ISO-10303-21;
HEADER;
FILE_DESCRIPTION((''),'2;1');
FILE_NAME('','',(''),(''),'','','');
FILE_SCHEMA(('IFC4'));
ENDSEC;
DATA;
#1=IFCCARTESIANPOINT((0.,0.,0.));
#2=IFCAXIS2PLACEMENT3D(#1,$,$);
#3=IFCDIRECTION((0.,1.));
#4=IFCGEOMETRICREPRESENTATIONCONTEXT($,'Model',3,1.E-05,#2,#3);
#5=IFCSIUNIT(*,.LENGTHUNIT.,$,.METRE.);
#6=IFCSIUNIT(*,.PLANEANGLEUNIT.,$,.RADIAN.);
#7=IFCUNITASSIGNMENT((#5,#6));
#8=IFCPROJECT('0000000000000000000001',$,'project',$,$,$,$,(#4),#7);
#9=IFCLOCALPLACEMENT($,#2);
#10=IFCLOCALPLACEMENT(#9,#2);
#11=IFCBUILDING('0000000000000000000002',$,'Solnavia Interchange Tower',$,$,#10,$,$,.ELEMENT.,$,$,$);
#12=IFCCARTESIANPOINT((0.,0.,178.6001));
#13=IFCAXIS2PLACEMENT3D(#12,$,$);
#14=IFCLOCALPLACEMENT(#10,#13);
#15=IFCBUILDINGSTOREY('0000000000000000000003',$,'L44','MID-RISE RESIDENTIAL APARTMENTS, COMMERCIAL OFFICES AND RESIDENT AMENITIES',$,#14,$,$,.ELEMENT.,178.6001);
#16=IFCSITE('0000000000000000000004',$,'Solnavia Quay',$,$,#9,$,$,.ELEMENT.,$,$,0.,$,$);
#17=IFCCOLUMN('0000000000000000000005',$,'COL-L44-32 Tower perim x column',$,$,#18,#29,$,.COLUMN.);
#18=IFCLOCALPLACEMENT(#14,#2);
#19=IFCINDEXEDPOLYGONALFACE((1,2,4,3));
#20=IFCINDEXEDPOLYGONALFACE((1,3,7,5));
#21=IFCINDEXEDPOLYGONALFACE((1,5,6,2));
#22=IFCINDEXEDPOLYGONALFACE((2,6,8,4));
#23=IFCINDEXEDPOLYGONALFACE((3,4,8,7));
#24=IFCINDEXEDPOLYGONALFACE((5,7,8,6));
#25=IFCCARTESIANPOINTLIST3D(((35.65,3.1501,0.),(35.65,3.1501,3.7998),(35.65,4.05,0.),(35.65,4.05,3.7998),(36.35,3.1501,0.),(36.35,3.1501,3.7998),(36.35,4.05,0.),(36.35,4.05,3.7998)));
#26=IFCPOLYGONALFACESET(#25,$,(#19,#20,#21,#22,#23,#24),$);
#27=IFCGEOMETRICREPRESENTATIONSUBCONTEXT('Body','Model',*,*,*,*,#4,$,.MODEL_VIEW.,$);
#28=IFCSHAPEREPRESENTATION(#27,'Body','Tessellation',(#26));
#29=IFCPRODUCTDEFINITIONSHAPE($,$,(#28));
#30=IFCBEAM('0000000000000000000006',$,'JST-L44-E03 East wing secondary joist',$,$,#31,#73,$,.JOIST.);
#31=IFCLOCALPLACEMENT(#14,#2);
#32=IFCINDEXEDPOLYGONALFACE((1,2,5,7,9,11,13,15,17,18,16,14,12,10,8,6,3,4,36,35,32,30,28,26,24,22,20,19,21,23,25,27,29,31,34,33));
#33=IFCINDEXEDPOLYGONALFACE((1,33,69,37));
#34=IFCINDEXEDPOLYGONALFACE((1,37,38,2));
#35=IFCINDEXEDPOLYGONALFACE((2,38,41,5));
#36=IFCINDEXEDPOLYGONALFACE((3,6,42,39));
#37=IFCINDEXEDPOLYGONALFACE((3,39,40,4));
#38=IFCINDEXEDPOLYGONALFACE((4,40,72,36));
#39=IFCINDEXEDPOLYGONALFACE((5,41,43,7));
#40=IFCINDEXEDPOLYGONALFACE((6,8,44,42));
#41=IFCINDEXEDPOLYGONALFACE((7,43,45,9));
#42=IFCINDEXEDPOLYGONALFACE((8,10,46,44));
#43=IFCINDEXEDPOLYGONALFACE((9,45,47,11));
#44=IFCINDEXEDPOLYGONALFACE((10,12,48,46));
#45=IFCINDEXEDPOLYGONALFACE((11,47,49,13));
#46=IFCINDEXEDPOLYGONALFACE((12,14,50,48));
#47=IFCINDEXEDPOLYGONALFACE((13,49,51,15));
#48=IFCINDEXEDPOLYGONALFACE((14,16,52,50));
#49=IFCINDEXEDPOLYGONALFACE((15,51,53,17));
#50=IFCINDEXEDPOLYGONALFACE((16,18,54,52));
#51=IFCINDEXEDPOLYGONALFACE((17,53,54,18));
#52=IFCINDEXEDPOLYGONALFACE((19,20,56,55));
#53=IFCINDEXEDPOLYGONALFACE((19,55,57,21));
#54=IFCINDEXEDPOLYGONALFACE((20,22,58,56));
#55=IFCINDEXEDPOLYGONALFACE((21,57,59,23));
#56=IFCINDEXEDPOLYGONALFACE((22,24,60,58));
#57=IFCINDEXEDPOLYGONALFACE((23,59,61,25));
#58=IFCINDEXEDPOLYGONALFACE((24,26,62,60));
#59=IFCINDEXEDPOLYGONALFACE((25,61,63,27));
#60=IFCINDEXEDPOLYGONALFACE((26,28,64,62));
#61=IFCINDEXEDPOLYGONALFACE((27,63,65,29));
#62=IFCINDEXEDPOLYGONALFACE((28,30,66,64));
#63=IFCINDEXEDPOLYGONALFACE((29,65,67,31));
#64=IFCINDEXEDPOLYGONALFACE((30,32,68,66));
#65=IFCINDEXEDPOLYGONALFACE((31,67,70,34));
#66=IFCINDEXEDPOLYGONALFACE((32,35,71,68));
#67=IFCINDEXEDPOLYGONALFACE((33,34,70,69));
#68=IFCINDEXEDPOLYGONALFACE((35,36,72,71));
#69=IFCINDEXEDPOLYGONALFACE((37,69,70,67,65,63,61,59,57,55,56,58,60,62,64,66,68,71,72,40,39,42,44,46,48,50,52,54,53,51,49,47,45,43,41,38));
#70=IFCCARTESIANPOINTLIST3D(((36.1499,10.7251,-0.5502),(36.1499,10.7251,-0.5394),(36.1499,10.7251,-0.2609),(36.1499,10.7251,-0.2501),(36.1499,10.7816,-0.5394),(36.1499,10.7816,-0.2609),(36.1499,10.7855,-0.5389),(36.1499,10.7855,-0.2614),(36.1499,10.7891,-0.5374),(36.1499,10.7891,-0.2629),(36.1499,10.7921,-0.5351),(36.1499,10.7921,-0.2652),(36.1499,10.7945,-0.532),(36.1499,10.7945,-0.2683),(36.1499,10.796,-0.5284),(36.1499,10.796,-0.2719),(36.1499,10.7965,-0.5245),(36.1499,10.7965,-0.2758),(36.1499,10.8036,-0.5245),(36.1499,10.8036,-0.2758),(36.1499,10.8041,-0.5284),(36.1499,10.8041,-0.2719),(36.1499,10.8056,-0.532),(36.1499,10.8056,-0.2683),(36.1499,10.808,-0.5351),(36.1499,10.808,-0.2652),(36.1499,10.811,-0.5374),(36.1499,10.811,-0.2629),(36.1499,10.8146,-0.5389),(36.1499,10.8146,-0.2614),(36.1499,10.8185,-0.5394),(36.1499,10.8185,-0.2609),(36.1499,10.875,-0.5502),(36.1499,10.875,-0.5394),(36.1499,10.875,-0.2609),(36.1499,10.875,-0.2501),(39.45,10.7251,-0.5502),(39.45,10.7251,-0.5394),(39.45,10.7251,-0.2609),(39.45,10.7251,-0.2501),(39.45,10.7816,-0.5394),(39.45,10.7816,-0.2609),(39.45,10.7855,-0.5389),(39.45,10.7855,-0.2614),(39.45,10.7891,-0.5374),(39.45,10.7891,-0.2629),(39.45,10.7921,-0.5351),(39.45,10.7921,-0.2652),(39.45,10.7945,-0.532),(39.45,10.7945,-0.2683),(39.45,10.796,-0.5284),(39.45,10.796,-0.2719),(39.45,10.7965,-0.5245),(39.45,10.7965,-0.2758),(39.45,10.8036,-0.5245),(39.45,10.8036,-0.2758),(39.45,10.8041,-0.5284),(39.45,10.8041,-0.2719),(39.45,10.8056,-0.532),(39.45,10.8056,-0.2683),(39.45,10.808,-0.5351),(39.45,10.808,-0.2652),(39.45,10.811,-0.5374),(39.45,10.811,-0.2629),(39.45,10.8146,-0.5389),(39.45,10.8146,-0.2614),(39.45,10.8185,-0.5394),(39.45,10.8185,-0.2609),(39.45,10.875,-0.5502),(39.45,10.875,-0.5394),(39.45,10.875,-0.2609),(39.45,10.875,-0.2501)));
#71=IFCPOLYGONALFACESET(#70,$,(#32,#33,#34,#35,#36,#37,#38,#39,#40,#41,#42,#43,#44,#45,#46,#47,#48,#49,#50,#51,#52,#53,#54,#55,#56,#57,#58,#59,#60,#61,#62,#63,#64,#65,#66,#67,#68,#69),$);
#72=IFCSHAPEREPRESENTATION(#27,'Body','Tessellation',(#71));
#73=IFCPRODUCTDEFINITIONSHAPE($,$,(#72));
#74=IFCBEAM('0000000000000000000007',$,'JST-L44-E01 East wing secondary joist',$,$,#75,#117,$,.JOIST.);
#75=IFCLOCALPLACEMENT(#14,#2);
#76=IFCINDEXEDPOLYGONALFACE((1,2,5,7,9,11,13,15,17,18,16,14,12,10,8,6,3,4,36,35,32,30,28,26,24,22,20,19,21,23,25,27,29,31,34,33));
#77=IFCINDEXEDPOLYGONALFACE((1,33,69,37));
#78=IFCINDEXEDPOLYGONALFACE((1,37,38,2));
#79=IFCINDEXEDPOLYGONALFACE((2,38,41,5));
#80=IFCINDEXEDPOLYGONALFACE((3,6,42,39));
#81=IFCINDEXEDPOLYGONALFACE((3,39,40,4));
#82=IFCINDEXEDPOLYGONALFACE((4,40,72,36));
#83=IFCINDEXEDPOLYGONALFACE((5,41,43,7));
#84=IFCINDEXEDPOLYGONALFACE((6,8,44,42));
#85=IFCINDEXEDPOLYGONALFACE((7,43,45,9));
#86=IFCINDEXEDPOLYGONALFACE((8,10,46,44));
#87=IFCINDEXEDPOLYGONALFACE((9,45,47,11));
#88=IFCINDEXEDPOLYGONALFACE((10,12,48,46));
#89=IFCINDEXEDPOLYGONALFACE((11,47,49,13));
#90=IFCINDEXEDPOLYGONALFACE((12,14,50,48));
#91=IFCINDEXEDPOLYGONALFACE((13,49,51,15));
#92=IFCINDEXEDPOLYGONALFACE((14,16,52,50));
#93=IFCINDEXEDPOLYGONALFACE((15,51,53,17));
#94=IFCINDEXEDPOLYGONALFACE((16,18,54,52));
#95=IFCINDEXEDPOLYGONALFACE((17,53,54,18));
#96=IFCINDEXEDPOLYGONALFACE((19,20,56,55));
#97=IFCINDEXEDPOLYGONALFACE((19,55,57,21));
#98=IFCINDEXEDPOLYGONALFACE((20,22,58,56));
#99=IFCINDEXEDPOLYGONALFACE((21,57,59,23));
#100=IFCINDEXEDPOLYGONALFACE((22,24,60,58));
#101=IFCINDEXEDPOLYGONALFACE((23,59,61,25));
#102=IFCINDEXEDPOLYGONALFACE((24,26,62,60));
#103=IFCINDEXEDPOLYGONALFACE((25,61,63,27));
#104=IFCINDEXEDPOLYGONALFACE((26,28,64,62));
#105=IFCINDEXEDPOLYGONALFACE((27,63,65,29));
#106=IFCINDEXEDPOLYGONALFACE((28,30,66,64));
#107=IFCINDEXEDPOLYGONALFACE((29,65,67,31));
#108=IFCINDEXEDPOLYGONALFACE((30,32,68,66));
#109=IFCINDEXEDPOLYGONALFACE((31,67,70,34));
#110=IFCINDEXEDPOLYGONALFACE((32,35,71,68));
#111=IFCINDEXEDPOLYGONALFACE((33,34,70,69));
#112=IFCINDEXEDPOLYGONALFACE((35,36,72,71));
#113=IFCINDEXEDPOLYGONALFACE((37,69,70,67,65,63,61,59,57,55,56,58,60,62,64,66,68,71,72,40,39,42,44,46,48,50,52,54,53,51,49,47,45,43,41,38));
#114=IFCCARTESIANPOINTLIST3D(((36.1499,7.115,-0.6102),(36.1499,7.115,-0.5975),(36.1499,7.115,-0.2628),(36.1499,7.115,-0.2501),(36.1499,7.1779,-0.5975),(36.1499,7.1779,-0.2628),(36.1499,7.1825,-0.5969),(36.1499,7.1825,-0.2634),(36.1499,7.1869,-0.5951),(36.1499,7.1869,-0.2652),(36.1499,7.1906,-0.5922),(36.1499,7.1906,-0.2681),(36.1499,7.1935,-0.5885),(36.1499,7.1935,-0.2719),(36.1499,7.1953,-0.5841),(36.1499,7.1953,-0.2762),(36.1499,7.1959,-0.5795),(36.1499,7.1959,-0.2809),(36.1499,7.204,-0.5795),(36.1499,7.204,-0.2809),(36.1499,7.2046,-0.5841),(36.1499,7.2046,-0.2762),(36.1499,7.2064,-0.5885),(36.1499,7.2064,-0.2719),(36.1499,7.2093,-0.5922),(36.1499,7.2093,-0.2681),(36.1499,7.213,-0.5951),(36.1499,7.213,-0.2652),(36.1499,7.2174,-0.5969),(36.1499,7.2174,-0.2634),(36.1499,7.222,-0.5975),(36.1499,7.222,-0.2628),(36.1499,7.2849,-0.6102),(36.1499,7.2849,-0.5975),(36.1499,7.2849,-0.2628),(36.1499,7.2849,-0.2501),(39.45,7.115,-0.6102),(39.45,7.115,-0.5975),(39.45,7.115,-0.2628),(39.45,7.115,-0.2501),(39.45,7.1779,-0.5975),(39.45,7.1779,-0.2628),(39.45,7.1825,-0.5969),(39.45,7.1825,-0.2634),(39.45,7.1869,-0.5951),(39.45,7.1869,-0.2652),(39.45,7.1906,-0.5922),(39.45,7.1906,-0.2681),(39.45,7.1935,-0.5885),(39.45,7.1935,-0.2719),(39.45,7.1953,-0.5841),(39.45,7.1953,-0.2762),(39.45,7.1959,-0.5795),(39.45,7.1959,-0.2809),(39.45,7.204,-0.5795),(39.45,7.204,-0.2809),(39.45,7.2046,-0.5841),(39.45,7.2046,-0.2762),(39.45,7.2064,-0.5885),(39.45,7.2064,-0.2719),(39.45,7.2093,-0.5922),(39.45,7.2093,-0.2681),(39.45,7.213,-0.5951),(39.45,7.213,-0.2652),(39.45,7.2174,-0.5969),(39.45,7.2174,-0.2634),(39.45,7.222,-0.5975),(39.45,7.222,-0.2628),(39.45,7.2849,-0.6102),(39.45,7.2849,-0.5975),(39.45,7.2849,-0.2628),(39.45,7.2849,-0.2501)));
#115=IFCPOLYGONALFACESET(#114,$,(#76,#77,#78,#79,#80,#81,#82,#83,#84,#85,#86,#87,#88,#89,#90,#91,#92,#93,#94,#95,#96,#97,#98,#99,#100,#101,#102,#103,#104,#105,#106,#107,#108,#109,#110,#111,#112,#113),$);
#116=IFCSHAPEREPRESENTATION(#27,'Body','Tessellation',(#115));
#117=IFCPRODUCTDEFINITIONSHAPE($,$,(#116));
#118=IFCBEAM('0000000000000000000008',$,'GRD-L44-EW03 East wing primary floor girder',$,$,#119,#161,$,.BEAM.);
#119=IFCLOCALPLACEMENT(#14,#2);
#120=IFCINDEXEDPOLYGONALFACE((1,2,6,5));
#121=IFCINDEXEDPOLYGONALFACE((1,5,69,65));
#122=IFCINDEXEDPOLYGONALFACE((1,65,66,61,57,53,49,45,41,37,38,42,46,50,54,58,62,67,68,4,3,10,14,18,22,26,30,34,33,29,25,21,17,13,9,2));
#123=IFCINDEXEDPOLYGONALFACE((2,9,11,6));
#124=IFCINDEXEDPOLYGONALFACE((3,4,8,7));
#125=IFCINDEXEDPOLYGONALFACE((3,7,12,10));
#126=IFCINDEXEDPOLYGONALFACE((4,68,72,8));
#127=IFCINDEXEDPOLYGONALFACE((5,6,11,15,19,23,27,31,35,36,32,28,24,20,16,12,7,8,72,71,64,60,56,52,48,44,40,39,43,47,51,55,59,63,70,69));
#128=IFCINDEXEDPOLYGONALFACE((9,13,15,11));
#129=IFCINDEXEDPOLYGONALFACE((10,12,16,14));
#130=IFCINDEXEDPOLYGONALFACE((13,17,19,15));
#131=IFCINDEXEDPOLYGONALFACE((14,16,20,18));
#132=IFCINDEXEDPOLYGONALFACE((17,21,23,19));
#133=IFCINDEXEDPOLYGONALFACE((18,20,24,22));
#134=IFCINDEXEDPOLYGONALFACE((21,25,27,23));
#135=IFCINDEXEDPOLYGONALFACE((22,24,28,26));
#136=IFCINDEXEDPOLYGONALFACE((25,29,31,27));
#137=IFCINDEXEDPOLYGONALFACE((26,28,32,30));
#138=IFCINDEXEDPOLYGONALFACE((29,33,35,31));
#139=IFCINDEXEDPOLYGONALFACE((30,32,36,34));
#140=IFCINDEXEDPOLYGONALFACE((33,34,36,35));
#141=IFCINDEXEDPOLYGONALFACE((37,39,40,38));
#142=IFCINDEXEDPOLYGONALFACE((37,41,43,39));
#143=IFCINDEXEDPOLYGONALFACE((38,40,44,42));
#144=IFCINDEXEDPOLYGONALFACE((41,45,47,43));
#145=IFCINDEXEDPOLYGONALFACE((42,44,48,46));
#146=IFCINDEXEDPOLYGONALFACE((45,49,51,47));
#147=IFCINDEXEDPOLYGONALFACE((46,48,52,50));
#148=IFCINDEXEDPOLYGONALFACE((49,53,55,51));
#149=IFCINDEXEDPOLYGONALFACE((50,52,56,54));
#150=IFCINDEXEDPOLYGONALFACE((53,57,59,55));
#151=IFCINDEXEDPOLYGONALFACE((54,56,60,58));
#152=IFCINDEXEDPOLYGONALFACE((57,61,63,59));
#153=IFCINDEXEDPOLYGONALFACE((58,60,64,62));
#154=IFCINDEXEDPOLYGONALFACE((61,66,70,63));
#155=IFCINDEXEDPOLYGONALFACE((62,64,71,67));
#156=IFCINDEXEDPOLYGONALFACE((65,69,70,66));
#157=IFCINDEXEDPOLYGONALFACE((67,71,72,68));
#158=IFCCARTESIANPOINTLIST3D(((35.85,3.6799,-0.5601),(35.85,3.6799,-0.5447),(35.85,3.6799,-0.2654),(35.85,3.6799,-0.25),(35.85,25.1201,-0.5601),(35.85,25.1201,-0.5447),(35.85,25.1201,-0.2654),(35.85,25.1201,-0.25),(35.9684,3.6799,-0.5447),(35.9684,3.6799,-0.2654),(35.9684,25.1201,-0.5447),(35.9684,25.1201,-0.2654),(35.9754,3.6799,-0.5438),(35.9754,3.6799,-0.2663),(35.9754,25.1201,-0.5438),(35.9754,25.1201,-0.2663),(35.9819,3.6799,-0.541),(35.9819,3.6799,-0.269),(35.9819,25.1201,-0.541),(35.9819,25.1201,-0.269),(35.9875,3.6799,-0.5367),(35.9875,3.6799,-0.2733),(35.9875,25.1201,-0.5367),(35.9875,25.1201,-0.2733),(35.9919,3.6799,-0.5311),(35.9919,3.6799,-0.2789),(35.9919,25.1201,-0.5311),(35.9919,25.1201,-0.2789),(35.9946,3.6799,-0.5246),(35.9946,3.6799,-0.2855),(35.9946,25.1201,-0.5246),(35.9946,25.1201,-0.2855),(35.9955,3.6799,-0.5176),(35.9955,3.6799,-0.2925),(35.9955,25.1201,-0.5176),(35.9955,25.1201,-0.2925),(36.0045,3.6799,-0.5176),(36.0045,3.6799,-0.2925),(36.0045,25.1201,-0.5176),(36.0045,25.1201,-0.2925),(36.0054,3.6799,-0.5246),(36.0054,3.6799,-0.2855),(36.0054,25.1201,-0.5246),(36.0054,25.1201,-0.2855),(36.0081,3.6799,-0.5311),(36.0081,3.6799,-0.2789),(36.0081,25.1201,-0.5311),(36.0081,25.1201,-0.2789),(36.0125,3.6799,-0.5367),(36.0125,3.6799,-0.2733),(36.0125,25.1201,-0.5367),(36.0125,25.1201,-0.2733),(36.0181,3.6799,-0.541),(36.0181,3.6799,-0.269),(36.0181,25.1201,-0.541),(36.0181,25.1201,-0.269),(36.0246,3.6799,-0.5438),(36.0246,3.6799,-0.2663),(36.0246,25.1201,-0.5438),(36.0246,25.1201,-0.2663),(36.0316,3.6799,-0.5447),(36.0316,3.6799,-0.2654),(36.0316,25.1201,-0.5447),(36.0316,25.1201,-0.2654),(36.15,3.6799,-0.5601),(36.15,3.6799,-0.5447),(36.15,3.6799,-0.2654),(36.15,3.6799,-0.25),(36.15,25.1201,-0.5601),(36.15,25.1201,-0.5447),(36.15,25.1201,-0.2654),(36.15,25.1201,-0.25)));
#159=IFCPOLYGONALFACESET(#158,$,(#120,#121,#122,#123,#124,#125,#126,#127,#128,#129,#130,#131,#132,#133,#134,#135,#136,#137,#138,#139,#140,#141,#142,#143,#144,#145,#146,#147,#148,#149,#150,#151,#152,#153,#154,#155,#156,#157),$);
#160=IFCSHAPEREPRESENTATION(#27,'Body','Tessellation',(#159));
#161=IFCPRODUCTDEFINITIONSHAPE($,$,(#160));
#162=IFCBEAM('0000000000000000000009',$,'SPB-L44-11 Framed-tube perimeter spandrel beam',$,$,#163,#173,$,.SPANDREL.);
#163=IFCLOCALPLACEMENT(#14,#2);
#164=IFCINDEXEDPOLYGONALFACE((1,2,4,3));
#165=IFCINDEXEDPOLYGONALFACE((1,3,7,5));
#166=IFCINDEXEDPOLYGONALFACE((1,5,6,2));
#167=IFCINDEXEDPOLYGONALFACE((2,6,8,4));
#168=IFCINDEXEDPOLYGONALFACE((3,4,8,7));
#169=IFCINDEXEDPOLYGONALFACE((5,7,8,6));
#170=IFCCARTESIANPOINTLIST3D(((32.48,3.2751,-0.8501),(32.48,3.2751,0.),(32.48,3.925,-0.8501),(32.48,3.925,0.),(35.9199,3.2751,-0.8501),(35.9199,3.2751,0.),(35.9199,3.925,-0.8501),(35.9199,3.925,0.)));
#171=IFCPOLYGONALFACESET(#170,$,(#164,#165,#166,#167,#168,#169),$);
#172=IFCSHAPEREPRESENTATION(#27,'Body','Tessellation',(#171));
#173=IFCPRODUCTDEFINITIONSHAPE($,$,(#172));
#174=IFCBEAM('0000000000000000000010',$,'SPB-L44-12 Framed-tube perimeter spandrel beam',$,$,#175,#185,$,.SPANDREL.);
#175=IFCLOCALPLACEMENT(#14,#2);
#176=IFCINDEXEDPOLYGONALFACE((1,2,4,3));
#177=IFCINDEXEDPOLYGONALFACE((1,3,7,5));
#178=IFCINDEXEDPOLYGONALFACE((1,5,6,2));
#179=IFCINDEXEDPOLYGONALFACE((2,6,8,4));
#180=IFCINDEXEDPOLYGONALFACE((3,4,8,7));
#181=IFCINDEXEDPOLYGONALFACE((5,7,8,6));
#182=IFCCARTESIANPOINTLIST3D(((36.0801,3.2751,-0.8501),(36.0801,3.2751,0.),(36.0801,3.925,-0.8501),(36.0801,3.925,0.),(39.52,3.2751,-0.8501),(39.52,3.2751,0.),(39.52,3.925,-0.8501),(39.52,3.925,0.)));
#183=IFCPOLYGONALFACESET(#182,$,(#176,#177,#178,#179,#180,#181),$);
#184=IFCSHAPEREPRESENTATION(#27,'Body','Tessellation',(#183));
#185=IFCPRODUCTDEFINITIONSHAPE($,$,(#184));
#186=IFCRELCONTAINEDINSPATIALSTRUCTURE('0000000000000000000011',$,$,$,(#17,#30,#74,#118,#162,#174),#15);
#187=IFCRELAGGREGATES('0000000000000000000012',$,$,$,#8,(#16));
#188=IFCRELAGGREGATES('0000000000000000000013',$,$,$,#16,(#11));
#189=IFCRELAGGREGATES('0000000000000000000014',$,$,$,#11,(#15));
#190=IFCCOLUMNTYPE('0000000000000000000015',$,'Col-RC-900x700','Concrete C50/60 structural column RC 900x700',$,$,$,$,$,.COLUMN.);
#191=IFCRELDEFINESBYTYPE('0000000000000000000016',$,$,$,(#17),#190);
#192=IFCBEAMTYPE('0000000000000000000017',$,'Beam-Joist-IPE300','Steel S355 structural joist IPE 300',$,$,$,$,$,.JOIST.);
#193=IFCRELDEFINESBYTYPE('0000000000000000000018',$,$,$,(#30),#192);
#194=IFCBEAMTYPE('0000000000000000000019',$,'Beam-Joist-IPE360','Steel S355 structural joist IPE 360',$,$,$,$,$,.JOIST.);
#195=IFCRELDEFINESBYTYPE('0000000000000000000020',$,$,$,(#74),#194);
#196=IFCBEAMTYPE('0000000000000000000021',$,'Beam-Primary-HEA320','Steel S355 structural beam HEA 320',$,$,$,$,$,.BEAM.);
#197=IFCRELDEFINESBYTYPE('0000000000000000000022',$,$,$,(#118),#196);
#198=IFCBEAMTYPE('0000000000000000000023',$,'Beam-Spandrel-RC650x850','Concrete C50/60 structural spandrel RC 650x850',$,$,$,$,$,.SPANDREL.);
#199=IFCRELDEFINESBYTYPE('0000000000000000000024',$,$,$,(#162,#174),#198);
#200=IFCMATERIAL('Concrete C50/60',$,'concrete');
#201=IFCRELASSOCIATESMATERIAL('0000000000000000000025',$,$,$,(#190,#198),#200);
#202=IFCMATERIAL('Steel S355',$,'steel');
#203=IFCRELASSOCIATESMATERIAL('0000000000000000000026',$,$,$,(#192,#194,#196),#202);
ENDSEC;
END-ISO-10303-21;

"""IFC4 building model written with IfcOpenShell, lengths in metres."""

from ifc_helpers import new_model, si_unit, direction, frame, origin, origin_2d, place, context, subcontext, project, spatial, rectangle, i_section, extrude, material, material_profile, profile_set, type_object, element, save


model = new_model("IFC4")

# Units and contexts
model_context = context("Model", 3, precision=1e-05, world=origin(), true_north=direction((0.0, 1.0)))
body_context = subcontext(model_context, "Body", "Model", "MODEL_VIEW")
ifc_project = project(units=[si_unit("LENGTHUNIT", "METRE"), si_unit("PLANEANGLEUNIT", "RADIAN")], contexts=[model_context])

# Site, building, storey
site_placement = place(None, origin())
site = spatial("IfcSite", under=ifc_project, at=site_placement, Name="Solnavia Quay", CompositionType="ELEMENT", RefElevation=0.0)
building_placement = place(site_placement, origin())
building = spatial("IfcBuilding", under=site, at=building_placement, Name="Solnavia Interchange Tower", CompositionType="ELEMENT")
storey_placement = place(building_placement, frame((0.0, 0.0, 178.6001)))
storey = spatial("IfcBuildingStorey", under=building, at=storey_placement, Name="L44", Description="MID-RISE RESIDENTIAL APARTMENTS, COMMERCIAL OFFICES AND RESIDENT AMENITIES", CompositionType="ELEMENT", Elevation=178.6001)

# Column
ifc_material_1 = material(Name="Concrete C50/60", Category="concrete")
ifc_material_profile_1 = material_profile(ifc_material_1, rectangle(XDim=0.7, YDim=0.8999, at=origin_2d()), Name="RC 900x700")
ifc_profile_set_1 = profile_set([ifc_material_profile_1], Name="Concrete C50/60")
column_type = type_object("IfcColumnType", Name="Col-RC-900x700", Description="Concrete C50/60 structural column RC 900x700", PredefinedType="COLUMN", material=ifc_profile_set_1)
column_placement = place(storey_placement, frame((36.0, 3.6001, 0.0), z_axis=(0.0, 0.0, 1.0), x_axis=(1.0, 0.0, 0.0)))
element("IfcColumn", 1, at=column_placement, inside=storey, type_object=column_type, Name="COL-L44-32 Tower perim x column", PredefinedType="COLUMN", context=body_context, shape_type="SweptSolid", body=[
    extrude(rectangle(XDim=0.7, YDim=0.8999, at=origin_2d()), origin(), (0.0, 0.0, 1.0), 3.7998),
])

# Beams
ifc_material_2 = material(Name="Steel S355", Category="steel")
ifc_material_profile_2 = material_profile(ifc_material_2, i_section(OverallWidth=0.1499, OverallDepth=0.3, WebThickness=0.0071, FlangeThickness=0.0107, FilletRadius=0.0149, at=origin_2d()), Name="IPE 300")
ifc_profile_set_2 = profile_set([ifc_material_profile_2], Name="Steel S355")
beam_type_1 = type_object("IfcBeamType", Name="Beam-Joist-IPE300", Description="Steel S355 structural joist IPE 300", PredefinedType="JOIST", material=ifc_profile_set_2)
beam_1_placement = place(storey_placement, frame((36.1499, 10.8, -0.4001), z_axis=(1.0, 0.0, 0.0), x_axis=(0.0, 1.0, 0.0)))
element("IfcBeam", 2, at=beam_1_placement, inside=storey, type_object=beam_type_1, Name="JST-L44-E03 East wing secondary joist", PredefinedType="JOIST", context=body_context, shape_type="SweptSolid", body=[
    extrude(i_section(OverallWidth=0.1499, OverallDepth=0.3, WebThickness=0.0071, FlangeThickness=0.0107, FilletRadius=0.0149, at=origin_2d()), origin(), (0.0, 0.0, 1.0), 3.3),
])
ifc_material_profile_3 = material_profile(ifc_material_2, i_section(OverallWidth=0.1699, OverallDepth=0.3601, WebThickness=0.0081, FlangeThickness=0.0127, FilletRadius=0.0181, at=origin_2d()), Name="IPE 360")
ifc_profile_set_3 = profile_set([ifc_material_profile_3], Name="Steel S355")
beam_type_2 = type_object("IfcBeamType", Name="Beam-Joist-IPE360", Description="Steel S355 structural joist IPE 360", PredefinedType="JOIST", material=ifc_profile_set_3)
beam_2_placement = place(storey_placement, frame((36.1499, 7.2, -0.4302), z_axis=(1.0, 0.0, 0.0), x_axis=(0.0, 1.0, 0.0)))
element("IfcBeam", 3, at=beam_2_placement, inside=storey, type_object=beam_type_2, Name="JST-L44-E01 East wing secondary joist", PredefinedType="JOIST", context=body_context, shape_type="SweptSolid", body=[
    extrude(i_section(OverallWidth=0.1699, OverallDepth=0.3601, WebThickness=0.0081, FlangeThickness=0.0127, FilletRadius=0.0181, at=origin_2d()), origin(), (0.0, 0.0, 1.0), 3.3),
])
ifc_material_profile_4 = material_profile(ifc_material_2, i_section(OverallWidth=0.3, OverallDepth=0.3101, WebThickness=0.009, FlangeThickness=0.0154, FilletRadius=0.0271, at=origin_2d()), Name="HEA 320")
ifc_profile_set_4 = profile_set([ifc_material_profile_4], Name="Steel S355")
beam_type_3 = type_object("IfcBeamType", Name="Beam-Primary-HEA320", Description="Steel S355 structural beam HEA 320", PredefinedType="BEAM", material=ifc_profile_set_4)
beam_3_placement = place(storey_placement, frame((36.0, 3.6799, -0.405), z_axis=(0.0, 1.0, 0.0), x_axis=(-1.0, 0.0, 0.0)))
element("IfcBeam", 4, at=beam_3_placement, inside=storey, type_object=beam_type_3, Name="GRD-L44-EW03 East wing primary floor girder", PredefinedType="BEAM", context=body_context, shape_type="SweptSolid", body=[
    extrude(i_section(OverallWidth=0.3, OverallDepth=0.3101, WebThickness=0.009, FlangeThickness=0.0154, FilletRadius=0.0271, at=origin_2d()), origin(), (0.0, 0.0, 1.0), 21.4402),
])
ifc_material_profile_5 = material_profile(ifc_material_1, rectangle(XDim=0.6499, YDim=0.8501, at=origin_2d()), Name="RC 650x850")
ifc_profile_set_5 = profile_set([ifc_material_profile_5], Name="Concrete C50/60")
beam_type_4 = type_object("IfcBeamType", Name="Beam-Spandrel-RC650x850", Description="Concrete C50/60 structural spandrel RC 650x850", PredefinedType="SPANDREL", material=ifc_profile_set_5)
for number, where, z_axis, x_axis, name in (
    (5, (32.48, 3.6001, -0.425), (1.0, 0.0, 0.0), (0.0, 1.0, 0.0), "SPB-L44-11 Framed-tube perimeter spandrel beam"),
    (6, (36.0801, 3.6001, -0.425), (1.0, 0.0, 0.0), (0.0, 1.0, 0.0), "SPB-L44-12 Framed-tube perimeter spandrel beam"),
):
    element("IfcBeam", number, at=place(storey_placement, frame(where, z_axis=z_axis, x_axis=x_axis)), inside=storey, type_object=beam_type_4, Name=name, PredefinedType="SPANDREL", context=body_context, shape_type="SweptSolid", body=[
        extrude(rectangle(XDim=0.6499, YDim=0.8501, at=origin_2d()), origin(), (0.0, 0.0, 1.0), 3.4399),
    ])

save(model, "model.ifc")
